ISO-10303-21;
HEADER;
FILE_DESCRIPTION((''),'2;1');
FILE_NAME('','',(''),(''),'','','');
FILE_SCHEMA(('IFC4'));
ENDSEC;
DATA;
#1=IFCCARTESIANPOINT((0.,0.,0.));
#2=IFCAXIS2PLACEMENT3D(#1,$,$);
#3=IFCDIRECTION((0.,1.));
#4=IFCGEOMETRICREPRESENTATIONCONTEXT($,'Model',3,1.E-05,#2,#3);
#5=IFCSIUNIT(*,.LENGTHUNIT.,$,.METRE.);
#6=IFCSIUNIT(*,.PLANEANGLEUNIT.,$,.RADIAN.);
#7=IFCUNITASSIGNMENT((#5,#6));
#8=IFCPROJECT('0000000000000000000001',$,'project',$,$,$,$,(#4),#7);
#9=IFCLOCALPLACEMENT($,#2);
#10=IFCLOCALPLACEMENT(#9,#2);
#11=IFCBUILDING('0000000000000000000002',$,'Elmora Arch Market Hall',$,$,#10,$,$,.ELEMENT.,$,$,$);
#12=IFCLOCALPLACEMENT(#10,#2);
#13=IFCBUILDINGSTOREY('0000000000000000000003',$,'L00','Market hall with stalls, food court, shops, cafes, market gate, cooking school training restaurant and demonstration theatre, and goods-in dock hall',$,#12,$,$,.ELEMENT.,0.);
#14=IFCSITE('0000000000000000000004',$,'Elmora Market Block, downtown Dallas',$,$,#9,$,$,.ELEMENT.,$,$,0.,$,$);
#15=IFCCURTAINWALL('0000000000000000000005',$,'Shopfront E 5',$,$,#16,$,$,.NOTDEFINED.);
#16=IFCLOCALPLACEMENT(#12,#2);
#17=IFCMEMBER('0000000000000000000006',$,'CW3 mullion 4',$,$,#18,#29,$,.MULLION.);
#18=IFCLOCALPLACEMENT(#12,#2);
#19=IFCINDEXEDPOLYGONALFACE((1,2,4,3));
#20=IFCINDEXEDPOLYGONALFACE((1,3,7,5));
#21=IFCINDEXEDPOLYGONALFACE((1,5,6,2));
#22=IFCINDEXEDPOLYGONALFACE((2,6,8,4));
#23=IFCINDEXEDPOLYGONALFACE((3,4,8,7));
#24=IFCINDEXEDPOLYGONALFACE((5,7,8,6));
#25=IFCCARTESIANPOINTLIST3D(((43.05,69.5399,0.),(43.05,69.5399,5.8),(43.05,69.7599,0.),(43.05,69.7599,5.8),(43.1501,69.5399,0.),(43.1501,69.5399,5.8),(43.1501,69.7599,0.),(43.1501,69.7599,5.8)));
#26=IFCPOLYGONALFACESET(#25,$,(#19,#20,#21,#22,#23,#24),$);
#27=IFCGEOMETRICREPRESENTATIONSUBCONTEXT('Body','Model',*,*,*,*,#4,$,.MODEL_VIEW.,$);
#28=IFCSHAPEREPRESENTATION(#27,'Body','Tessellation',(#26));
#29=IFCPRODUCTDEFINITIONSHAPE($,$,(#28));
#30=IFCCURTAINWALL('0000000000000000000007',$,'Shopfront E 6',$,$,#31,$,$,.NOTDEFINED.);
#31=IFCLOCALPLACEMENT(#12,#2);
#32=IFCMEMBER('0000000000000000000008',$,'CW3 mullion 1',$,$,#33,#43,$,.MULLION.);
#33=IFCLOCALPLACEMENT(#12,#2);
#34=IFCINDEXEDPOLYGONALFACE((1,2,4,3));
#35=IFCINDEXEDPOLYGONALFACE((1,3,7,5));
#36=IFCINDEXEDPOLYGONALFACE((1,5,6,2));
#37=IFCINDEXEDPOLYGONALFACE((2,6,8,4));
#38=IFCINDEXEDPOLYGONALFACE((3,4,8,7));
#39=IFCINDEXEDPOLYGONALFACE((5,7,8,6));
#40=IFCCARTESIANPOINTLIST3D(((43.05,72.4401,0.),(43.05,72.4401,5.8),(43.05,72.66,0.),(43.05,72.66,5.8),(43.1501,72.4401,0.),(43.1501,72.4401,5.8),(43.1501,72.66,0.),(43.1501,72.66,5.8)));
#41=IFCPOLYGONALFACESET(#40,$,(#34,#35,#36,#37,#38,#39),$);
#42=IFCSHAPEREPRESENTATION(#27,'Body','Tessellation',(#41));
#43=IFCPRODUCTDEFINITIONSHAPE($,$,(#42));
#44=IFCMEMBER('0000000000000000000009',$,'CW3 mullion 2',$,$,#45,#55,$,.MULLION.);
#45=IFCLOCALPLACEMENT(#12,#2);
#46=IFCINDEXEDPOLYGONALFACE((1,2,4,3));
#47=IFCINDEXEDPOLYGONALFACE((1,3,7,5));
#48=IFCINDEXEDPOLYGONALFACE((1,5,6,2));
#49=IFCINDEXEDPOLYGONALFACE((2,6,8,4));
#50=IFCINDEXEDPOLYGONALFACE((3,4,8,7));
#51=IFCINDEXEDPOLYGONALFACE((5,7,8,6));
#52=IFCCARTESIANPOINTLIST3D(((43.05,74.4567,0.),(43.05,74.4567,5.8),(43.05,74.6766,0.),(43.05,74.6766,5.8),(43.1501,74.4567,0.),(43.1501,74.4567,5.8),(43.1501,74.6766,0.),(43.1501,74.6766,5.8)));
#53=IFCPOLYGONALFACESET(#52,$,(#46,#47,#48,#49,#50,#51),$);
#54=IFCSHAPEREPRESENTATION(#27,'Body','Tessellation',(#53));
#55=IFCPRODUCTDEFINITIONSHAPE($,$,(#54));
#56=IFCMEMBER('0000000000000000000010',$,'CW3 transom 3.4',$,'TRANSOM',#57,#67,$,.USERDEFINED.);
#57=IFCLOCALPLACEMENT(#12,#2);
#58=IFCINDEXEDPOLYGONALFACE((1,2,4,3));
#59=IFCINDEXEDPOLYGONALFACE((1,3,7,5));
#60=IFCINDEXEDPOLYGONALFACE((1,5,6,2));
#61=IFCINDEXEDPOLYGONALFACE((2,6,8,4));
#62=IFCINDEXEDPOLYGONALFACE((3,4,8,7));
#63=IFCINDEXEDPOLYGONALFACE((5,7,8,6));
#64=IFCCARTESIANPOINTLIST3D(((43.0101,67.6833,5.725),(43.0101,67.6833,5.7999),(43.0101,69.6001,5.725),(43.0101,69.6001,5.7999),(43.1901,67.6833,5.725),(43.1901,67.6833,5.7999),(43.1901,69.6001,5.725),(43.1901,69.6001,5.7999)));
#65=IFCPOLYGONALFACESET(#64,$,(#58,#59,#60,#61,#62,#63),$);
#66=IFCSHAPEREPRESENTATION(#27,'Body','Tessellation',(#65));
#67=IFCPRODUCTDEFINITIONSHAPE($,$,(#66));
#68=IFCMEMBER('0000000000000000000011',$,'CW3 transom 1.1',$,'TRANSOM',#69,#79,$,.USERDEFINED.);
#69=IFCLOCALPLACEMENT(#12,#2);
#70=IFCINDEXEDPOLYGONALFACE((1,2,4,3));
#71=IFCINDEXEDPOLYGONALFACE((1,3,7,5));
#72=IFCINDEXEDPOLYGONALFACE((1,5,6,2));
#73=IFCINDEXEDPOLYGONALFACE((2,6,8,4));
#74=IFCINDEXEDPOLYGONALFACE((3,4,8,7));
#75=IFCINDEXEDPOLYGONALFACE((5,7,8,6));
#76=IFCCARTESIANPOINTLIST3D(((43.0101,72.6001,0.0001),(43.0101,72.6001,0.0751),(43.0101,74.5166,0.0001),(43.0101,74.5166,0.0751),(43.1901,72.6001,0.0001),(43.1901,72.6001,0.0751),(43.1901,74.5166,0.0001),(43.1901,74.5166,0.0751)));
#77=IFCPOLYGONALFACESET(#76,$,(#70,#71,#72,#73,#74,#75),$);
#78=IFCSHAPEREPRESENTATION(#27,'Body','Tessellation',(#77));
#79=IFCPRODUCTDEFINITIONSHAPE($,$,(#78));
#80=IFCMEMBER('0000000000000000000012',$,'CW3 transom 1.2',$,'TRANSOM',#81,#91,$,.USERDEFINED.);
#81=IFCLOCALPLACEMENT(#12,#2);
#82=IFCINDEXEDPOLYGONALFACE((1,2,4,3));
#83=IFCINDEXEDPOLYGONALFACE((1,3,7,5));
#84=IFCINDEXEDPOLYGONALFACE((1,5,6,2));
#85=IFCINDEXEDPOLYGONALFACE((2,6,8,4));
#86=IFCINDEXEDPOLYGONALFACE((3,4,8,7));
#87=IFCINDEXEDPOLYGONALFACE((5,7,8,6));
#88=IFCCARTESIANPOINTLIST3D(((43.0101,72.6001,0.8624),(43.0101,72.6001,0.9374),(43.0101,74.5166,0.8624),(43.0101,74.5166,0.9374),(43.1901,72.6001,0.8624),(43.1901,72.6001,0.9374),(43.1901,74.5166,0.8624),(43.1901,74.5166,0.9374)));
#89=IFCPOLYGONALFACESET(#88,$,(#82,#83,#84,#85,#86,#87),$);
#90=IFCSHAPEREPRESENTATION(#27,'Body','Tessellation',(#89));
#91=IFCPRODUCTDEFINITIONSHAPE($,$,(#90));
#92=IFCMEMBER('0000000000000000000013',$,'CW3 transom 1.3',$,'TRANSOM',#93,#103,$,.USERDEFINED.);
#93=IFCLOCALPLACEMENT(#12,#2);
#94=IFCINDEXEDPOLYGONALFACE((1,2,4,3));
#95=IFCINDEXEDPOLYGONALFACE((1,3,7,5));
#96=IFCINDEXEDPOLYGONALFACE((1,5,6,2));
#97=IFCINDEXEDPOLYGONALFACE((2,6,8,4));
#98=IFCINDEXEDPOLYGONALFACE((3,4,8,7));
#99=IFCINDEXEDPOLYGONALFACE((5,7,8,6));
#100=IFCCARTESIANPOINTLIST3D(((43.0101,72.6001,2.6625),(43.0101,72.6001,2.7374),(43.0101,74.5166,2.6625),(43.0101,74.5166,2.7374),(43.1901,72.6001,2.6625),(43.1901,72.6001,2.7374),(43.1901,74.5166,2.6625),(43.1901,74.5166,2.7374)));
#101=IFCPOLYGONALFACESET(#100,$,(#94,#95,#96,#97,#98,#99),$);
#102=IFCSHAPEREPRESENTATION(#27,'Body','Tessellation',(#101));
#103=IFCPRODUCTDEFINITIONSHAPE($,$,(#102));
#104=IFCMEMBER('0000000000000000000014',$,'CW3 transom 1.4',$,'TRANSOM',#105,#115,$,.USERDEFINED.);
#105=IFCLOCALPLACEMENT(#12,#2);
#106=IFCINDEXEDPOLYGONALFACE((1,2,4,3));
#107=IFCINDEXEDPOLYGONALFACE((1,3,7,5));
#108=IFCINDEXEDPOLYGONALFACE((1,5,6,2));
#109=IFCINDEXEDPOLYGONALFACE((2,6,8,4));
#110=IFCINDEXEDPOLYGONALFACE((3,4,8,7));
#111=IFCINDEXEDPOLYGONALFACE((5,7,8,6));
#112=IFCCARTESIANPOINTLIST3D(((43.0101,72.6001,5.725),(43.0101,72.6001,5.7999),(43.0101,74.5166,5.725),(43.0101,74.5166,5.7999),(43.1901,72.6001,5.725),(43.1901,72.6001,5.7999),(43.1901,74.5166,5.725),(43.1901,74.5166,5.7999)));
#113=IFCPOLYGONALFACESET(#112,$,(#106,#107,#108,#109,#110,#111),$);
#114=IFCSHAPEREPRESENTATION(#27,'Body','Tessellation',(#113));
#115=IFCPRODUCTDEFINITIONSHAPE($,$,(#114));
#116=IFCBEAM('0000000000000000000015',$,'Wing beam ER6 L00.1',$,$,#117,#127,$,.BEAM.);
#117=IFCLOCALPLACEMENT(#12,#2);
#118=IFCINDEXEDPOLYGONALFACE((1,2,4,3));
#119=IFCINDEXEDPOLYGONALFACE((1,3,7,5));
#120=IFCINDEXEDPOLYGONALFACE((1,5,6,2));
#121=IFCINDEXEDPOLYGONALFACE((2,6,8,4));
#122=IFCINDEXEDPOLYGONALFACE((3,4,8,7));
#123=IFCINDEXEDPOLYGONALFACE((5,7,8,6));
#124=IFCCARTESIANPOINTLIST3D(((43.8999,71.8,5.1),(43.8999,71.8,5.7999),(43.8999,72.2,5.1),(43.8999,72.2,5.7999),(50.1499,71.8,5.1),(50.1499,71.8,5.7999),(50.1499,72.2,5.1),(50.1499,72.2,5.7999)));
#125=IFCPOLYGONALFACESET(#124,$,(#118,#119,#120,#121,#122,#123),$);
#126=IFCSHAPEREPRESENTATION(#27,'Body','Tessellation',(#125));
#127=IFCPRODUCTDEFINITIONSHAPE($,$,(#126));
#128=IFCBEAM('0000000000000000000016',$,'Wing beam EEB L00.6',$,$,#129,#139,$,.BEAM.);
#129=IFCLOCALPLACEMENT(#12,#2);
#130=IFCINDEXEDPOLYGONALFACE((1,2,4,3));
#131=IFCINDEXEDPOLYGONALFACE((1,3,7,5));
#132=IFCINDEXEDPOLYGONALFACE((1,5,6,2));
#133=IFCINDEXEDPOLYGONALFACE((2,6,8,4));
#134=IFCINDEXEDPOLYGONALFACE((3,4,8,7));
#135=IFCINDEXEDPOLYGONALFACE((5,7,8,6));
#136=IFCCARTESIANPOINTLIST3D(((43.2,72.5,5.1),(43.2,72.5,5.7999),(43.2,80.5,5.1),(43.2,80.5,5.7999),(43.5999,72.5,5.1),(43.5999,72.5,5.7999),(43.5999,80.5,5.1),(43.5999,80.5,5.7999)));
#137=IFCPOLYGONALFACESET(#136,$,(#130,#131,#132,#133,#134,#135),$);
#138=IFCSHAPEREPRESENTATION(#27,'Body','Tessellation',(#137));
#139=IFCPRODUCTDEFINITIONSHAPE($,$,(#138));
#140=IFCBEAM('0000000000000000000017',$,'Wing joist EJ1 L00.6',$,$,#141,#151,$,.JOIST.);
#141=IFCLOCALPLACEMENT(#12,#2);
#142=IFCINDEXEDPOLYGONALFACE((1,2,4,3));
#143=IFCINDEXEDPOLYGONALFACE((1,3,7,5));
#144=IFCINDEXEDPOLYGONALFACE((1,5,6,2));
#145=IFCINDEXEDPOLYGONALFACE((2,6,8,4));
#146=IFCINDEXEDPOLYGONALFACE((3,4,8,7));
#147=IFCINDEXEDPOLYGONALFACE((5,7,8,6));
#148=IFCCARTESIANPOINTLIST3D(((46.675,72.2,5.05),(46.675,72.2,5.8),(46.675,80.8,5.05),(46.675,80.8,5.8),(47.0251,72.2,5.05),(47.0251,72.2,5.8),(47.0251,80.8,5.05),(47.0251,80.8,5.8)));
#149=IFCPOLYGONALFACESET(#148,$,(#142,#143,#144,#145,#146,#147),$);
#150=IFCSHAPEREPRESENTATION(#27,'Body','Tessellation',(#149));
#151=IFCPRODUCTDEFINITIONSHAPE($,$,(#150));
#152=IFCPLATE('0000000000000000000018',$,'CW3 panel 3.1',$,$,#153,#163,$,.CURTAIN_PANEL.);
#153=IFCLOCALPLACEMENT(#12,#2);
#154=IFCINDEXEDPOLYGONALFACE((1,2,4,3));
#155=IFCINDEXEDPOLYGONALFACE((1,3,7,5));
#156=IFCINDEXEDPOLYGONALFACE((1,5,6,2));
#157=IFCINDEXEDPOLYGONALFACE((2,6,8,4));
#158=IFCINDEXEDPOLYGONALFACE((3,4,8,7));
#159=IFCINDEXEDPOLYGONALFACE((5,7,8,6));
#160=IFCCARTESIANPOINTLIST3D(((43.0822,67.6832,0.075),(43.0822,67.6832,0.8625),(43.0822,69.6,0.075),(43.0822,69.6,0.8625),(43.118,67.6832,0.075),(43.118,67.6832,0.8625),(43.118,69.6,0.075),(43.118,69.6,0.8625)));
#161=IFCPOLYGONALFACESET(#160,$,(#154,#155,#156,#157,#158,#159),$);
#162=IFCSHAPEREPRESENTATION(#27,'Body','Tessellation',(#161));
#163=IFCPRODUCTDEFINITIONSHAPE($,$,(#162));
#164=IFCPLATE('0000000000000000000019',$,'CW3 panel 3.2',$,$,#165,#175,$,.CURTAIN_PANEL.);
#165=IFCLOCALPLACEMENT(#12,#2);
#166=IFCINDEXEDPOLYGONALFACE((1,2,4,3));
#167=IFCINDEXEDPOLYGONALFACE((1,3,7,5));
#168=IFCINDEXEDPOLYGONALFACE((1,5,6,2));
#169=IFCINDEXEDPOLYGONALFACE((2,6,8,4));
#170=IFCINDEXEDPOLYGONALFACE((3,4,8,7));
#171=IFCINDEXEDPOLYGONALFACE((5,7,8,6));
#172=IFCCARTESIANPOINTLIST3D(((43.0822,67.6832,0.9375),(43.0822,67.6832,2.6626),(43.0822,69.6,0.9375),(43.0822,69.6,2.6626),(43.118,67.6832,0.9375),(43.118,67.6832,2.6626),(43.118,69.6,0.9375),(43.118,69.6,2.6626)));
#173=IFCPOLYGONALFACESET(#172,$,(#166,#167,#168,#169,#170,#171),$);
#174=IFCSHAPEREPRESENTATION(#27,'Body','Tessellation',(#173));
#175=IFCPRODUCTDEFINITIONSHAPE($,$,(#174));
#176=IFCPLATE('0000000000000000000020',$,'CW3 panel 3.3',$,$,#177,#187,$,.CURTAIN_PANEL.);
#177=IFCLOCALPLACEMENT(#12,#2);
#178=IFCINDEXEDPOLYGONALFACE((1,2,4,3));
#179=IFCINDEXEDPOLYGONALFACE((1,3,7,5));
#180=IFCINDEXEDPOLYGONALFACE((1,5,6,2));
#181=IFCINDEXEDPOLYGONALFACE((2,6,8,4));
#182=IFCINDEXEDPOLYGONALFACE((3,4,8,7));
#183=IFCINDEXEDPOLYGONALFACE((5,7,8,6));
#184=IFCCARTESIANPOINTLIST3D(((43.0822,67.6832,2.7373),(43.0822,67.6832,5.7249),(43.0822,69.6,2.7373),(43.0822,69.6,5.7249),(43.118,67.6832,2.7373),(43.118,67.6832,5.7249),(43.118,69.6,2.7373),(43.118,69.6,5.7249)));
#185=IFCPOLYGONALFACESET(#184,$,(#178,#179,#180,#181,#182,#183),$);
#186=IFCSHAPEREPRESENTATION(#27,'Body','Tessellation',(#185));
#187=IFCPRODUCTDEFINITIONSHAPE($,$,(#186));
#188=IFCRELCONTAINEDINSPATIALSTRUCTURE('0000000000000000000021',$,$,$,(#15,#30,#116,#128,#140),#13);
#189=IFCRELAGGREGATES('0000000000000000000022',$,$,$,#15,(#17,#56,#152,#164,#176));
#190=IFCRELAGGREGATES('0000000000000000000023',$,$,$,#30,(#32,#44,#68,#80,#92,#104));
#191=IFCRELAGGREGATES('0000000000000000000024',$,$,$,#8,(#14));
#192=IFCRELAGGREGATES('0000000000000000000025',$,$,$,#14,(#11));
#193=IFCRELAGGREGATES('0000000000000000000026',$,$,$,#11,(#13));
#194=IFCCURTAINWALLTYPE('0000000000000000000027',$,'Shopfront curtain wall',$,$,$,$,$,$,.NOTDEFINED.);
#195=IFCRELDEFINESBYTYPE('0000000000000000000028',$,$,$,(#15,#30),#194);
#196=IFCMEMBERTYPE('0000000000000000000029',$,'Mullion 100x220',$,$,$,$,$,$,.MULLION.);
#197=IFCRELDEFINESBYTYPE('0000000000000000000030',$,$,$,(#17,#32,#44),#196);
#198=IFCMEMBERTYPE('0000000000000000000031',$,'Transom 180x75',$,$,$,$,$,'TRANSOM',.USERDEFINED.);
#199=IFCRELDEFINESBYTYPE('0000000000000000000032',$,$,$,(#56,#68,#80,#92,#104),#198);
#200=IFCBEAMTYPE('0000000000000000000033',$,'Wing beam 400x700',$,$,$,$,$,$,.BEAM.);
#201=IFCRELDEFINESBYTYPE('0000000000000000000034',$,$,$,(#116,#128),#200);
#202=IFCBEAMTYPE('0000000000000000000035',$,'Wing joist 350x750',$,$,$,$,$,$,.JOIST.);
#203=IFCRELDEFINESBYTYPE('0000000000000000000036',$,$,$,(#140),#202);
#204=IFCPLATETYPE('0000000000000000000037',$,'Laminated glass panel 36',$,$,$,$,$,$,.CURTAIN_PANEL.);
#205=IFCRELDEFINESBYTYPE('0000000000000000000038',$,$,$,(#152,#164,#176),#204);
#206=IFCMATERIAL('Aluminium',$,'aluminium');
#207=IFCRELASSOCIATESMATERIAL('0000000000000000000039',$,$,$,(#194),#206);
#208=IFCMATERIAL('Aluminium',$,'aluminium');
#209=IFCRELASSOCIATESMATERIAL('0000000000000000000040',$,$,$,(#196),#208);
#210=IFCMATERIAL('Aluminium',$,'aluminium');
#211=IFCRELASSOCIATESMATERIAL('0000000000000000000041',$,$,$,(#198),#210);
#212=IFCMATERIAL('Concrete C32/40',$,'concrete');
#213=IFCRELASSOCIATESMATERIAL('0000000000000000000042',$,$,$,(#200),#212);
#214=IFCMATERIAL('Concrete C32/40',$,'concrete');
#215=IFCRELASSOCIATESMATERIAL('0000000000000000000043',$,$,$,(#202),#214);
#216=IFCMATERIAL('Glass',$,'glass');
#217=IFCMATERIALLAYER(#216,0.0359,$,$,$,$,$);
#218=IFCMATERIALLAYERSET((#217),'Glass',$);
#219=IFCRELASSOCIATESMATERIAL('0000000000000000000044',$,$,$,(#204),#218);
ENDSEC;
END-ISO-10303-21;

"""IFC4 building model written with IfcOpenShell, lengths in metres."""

from ifc_helpers import new_model, si_unit, direction, frame, origin, origin_2d, place, context, subcontext, project, spatial, rectangle, extrude, material, layer, layer_set, material_profile, profile_set, type_object, element, aggregate, save


model = new_model("IFC4")

# Units and contexts
model_context = context("Model", 3, precision=1e-05, world=origin(), true_north=direction((0.0, 1.0)))
body_context = subcontext(model_context, "Body", "Model", "MODEL_VIEW")
ifc_project = project(units=[si_unit("LENGTHUNIT", "METRE"), si_unit("PLANEANGLEUNIT", "RADIAN")], contexts=[model_context])

# Site, building, storey
site_placement = place(None, origin())
site = spatial("IfcSite", under=ifc_project, at=site_placement, Name="Elmora Market Block, downtown Dallas", CompositionType="ELEMENT", RefElevation=0.0)
building_placement = place(site_placement, origin())
building = spatial("IfcBuilding", under=site, at=building_placement, Name="Elmora Arch Market Hall", CompositionType="ELEMENT")
storey_placement = place(building_placement, origin())
storey = spatial("IfcBuildingStorey", under=building, at=storey_placement, Name="L00", Description="Market hall with stalls, food court, shops, cafes, market gate, cooking school training restaurant and demonstration theatre, and goods-in dock hall", CompositionType="ELEMENT", Elevation=0.0)

# Curtain wall, member
ifc_material_1 = material(Name="Aluminium", Category="aluminium")
curtain_wall_type = type_object("IfcCurtainWallType", Name="Shopfront curtain wall", PredefinedType="NOTDEFINED", material=ifc_material_1)
curtain_wall_1_placement = place(storey_placement, origin())
curtain_wall_1 = element("IfcCurtainWall", 1, at=curtain_wall_1_placement, inside=storey, type_object=curtain_wall_type, Name="Shopfront E 5", PredefinedType="NOTDEFINED")
ifc_material_2 = material(Name="Aluminium", Category="aluminium")
ifc_material_profile_1 = material_profile(ifc_material_2, rectangle(XDim=0.1001, YDim=0.22, at=origin_2d()), Name="AL 100x220")
ifc_profile_set_1 = profile_set([ifc_material_profile_1], Name="Aluminium")
member_type_1 = type_object("IfcMemberType", Name="Mullion 100x220", PredefinedType="MULLION", material=ifc_profile_set_1)
member_1_placement = place(storey_placement, frame((43.1001, 69.6499, 0.0), z_axis=(0.0, 0.0, 1.0), x_axis=(-1.0, 0.0, 0.0)))
member_1 = element("IfcMember", 2, at=member_1_placement, type_object=member_type_1, Name="CW3 mullion 4", PredefinedType="MULLION", context=body_context, shape_type="SweptSolid", body=[
    extrude(rectangle(XDim=0.1001, YDim=0.22, at=origin_2d()), origin(), (0.0, 0.0, 1.0), 5.8),
])

# Curtain wall, members
curtain_wall_2_placement = place(storey_placement, origin())
curtain_wall_2 = element("IfcCurtainWall", 3, at=curtain_wall_2_placement, inside=storey, type_object=curtain_wall_type, Name="Shopfront E 6", PredefinedType="NOTDEFINED")
member_2_placement = place(storey_placement, frame((43.1001, 72.55, 0.0), z_axis=(0.0, 0.0, 1.0), x_axis=(-1.0, 0.0, 0.0)))
member_2 = element("IfcMember", 4, at=member_2_placement, type_object=member_type_1, Name="CW3 mullion 1", PredefinedType="MULLION", context=body_context, shape_type="SweptSolid", body=[
    extrude(rectangle(XDim=0.1001, YDim=0.22, at=origin_2d()), origin(), (0.0, 0.0, 1.0), 5.8),
])
member_3_placement = place(storey_placement, frame((43.1001, 74.5667, 0.0), z_axis=(0.0, 0.0, 1.0), x_axis=(-1.0, 0.0, 0.0)))
member_3 = element("IfcMember", 5, at=member_3_placement, type_object=member_type_1, Name="CW3 mullion 2", PredefinedType="MULLION", context=body_context, shape_type="SweptSolid", body=[
    extrude(rectangle(XDim=0.1001, YDim=0.22, at=origin_2d()), origin(), (0.0, 0.0, 1.0), 5.8),
])

# Members
ifc_material_3 = material(Name="Aluminium", Category="aluminium")
ifc_material_profile_2 = material_profile(ifc_material_3, rectangle(XDim=0.1799, YDim=0.075, at=origin_2d()), Name="AL 180x75")
ifc_profile_set_2 = profile_set([ifc_material_profile_2], Name="Aluminium")
member_type_2 = type_object("IfcMemberType", Name="Transom 180x75", ElementType="TRANSOM", PredefinedType="USERDEFINED", material=ifc_profile_set_2)
member_4_placement = place(storey_placement, frame((43.1001, 67.6833, 5.7625), z_axis=(0.0, 1.0, 0.0), x_axis=(-1.0, 0.0, 0.0)))
member_4 = element("IfcMember", 6, at=member_4_placement, type_object=member_type_2, Name="CW3 transom 3.4", ObjectType="TRANSOM", PredefinedType="USERDEFINED", context=body_context, shape_type="SweptSolid", body=[
    extrude(rectangle(XDim=0.1799, YDim=0.075, at=origin_2d()), origin(), (0.0, 0.0, 1.0), 1.9167),
])
member_5_placement = place(storey_placement, frame((43.1001, 72.6001, 0.0376), z_axis=(0.0, 1.0, 0.0), x_axis=(-1.0, 0.0, 0.0)))
member_5 = element("IfcMember", 7, at=member_5_placement, type_object=member_type_2, Name="CW3 transom 1.1", ObjectType="TRANSOM", PredefinedType="USERDEFINED", context=body_context, shape_type="SweptSolid", body=[
    extrude(rectangle(XDim=0.1799, YDim=0.075, at=origin_2d()), origin(), (0.0, 0.0, 1.0), 1.9165),
])
member_6_placement = place(storey_placement, frame((43.1001, 72.6001, 0.8999), z_axis=(0.0, 1.0, 0.0), x_axis=(-1.0, 0.0, 0.0)))
member_6 = element("IfcMember", 8, at=member_6_placement, type_object=member_type_2, Name="CW3 transom 1.2", ObjectType="TRANSOM", PredefinedType="USERDEFINED", context=body_context, shape_type="SweptSolid", body=[
    extrude(rectangle(XDim=0.1799, YDim=0.075, at=origin_2d()), origin(), (0.0, 0.0, 1.0), 1.9165),
])
member_7_placement = place(storey_placement, frame((43.1001, 72.6001, 2.7), z_axis=(0.0, 1.0, 0.0), x_axis=(-1.0, 0.0, 0.0)))
member_7 = element("IfcMember", 9, at=member_7_placement, type_object=member_type_2, Name="CW3 transom 1.3", ObjectType="TRANSOM", PredefinedType="USERDEFINED", context=body_context, shape_type="SweptSolid", body=[
    extrude(rectangle(XDim=0.1799, YDim=0.075, at=origin_2d()), origin(), (0.0, 0.0, 1.0), 1.9165),
])
member_8_placement = place(storey_placement, frame((43.1001, 72.6001, 5.7625), z_axis=(0.0, 1.0, 0.0), x_axis=(-1.0, 0.0, 0.0)))
member_8 = element("IfcMember", 10, at=member_8_placement, type_object=member_type_2, Name="CW3 transom 1.4", ObjectType="TRANSOM", PredefinedType="USERDEFINED", context=body_context, shape_type="SweptSolid", body=[
    extrude(rectangle(XDim=0.1799, YDim=0.075, at=origin_2d()), origin(), (0.0, 0.0, 1.0), 1.9165),
])

# Beams
ifc_material_4 = material(Name="Concrete C32/40", Category="concrete")
ifc_material_profile_3 = material_profile(ifc_material_4, rectangle(XDim=0.3999, YDim=0.7, at=origin_2d()), Name="Wing beam 400x700")
ifc_profile_set_3 = profile_set([ifc_material_profile_3], Name="Concrete C32/40")
beam_type_1 = type_object("IfcBeamType", Name="Wing beam 400x700", PredefinedType="BEAM", material=ifc_profile_set_3)
beam_1_placement = place(storey_placement, frame((43.8999, 72.0, 5.45), z_axis=(1.0, 0.0, 0.0), x_axis=(0.0, 1.0, 0.0)))
element("IfcBeam", 11, at=beam_1_placement, inside=storey, type_object=beam_type_1, Name="Wing beam ER6 L00.1", PredefinedType="BEAM", context=body_context, shape_type="SweptSolid", body=[
    extrude(rectangle(XDim=0.3999, YDim=0.7, at=origin_2d()), origin(), (0.0, 0.0, 1.0), 6.25),
])
beam_2_placement = place(storey_placement, frame((43.3999, 72.5, 5.45), z_axis=(0.0, 1.0, 0.0), x_axis=(-1.0, 0.0, 0.0)))
element("IfcBeam", 12, at=beam_2_placement, inside=storey, type_object=beam_type_1, Name="Wing beam EEB L00.6", PredefinedType="BEAM", context=body_context, shape_type="SweptSolid", body=[
    extrude(rectangle(XDim=0.3999, YDim=0.7, at=origin_2d()), origin(), (0.0, 0.0, 1.0), 8.0),
])
ifc_material_5 = material(Name="Concrete C32/40", Category="concrete")
ifc_material_profile_4 = material_profile(ifc_material_5, rectangle(XDim=0.3501, YDim=0.75, at=origin_2d()), Name="Wing joist 350x750")
ifc_profile_set_4 = profile_set([ifc_material_profile_4], Name="Concrete C32/40")
beam_type_2 = type_object("IfcBeamType", Name="Wing joist 350x750", PredefinedType="JOIST", material=ifc_profile_set_4)
beam_3_placement = place(storey_placement, frame((46.8501, 72.2, 5.425), z_axis=(0.0, 1.0, 0.0), x_axis=(-1.0, 0.0, 0.0)))
element("IfcBeam", 13, at=beam_3_placement, inside=storey, type_object=beam_type_2, Name="Wing joist EJ1 L00.6", PredefinedType="JOIST", context=body_context, shape_type="SweptSolid", body=[
    extrude(rectangle(XDim=0.3501, YDim=0.75, at=origin_2d()), origin(), (0.0, 0.0, 1.0), 8.6001),
])

# Plates
ifc_material_6 = material(Name="Glass", Category="glass")
ifc_layer_1 = layer(ifc_material_6, 0.0359)
ifc_layer_set_1 = layer_set([ifc_layer_1], Name="Glass")
plate_type = type_object("IfcPlateType", Name="Laminated glass panel 36", PredefinedType="CURTAIN_PANEL", material=ifc_layer_set_1)
plate_1_placement = place(storey_placement, frame((43.1001, 68.6416, 0.075), z_axis=(0.0, 0.0, 1.0), x_axis=(0.0, 1.0, 0.0)))
plate_1 = element("IfcPlate", 14, at=plate_1_placement, type_object=plate_type, Name="CW3 panel 3.1", PredefinedType="CURTAIN_PANEL", context=body_context, shape_type="SweptSolid", body=[
    extrude(rectangle(XDim=1.9167, YDim=0.0359, at=origin_2d()), origin(), (0.0, 0.0, 1.0), 0.7876),
])
plate_2_placement = place(storey_placement, frame((43.1001, 68.6416, 0.9375), z_axis=(0.0, 0.0, 1.0), x_axis=(0.0, 1.0, 0.0)))
plate_2 = element("IfcPlate", 15, at=plate_2_placement, type_object=plate_type, Name="CW3 panel 3.2", PredefinedType="CURTAIN_PANEL", context=body_context, shape_type="SweptSolid", body=[
    extrude(rectangle(XDim=1.9167, YDim=0.0359, at=origin_2d()), origin(), (0.0, 0.0, 1.0), 1.7251),
])
plate_3_placement = place(storey_placement, frame((43.1001, 68.6416, 2.7373), z_axis=(0.0, 0.0, 1.0), x_axis=(0.0, 1.0, 0.0)))
plate_3 = element("IfcPlate", 16, at=plate_3_placement, type_object=plate_type, Name="CW3 panel 3.3", PredefinedType="CURTAIN_PANEL", context=body_context, shape_type="SweptSolid", body=[
    extrude(rectangle(XDim=1.9167, YDim=0.0359, at=origin_2d()), origin(), (0.0, 0.0, 1.0), 2.9875),
])
aggregate(curtain_wall_1, [member_1, member_4, plate_1, plate_2, plate_3])
aggregate(curtain_wall_2, [member_2, member_3, member_5, member_6, member_7, member_8])

save(model, "model.ifc")
